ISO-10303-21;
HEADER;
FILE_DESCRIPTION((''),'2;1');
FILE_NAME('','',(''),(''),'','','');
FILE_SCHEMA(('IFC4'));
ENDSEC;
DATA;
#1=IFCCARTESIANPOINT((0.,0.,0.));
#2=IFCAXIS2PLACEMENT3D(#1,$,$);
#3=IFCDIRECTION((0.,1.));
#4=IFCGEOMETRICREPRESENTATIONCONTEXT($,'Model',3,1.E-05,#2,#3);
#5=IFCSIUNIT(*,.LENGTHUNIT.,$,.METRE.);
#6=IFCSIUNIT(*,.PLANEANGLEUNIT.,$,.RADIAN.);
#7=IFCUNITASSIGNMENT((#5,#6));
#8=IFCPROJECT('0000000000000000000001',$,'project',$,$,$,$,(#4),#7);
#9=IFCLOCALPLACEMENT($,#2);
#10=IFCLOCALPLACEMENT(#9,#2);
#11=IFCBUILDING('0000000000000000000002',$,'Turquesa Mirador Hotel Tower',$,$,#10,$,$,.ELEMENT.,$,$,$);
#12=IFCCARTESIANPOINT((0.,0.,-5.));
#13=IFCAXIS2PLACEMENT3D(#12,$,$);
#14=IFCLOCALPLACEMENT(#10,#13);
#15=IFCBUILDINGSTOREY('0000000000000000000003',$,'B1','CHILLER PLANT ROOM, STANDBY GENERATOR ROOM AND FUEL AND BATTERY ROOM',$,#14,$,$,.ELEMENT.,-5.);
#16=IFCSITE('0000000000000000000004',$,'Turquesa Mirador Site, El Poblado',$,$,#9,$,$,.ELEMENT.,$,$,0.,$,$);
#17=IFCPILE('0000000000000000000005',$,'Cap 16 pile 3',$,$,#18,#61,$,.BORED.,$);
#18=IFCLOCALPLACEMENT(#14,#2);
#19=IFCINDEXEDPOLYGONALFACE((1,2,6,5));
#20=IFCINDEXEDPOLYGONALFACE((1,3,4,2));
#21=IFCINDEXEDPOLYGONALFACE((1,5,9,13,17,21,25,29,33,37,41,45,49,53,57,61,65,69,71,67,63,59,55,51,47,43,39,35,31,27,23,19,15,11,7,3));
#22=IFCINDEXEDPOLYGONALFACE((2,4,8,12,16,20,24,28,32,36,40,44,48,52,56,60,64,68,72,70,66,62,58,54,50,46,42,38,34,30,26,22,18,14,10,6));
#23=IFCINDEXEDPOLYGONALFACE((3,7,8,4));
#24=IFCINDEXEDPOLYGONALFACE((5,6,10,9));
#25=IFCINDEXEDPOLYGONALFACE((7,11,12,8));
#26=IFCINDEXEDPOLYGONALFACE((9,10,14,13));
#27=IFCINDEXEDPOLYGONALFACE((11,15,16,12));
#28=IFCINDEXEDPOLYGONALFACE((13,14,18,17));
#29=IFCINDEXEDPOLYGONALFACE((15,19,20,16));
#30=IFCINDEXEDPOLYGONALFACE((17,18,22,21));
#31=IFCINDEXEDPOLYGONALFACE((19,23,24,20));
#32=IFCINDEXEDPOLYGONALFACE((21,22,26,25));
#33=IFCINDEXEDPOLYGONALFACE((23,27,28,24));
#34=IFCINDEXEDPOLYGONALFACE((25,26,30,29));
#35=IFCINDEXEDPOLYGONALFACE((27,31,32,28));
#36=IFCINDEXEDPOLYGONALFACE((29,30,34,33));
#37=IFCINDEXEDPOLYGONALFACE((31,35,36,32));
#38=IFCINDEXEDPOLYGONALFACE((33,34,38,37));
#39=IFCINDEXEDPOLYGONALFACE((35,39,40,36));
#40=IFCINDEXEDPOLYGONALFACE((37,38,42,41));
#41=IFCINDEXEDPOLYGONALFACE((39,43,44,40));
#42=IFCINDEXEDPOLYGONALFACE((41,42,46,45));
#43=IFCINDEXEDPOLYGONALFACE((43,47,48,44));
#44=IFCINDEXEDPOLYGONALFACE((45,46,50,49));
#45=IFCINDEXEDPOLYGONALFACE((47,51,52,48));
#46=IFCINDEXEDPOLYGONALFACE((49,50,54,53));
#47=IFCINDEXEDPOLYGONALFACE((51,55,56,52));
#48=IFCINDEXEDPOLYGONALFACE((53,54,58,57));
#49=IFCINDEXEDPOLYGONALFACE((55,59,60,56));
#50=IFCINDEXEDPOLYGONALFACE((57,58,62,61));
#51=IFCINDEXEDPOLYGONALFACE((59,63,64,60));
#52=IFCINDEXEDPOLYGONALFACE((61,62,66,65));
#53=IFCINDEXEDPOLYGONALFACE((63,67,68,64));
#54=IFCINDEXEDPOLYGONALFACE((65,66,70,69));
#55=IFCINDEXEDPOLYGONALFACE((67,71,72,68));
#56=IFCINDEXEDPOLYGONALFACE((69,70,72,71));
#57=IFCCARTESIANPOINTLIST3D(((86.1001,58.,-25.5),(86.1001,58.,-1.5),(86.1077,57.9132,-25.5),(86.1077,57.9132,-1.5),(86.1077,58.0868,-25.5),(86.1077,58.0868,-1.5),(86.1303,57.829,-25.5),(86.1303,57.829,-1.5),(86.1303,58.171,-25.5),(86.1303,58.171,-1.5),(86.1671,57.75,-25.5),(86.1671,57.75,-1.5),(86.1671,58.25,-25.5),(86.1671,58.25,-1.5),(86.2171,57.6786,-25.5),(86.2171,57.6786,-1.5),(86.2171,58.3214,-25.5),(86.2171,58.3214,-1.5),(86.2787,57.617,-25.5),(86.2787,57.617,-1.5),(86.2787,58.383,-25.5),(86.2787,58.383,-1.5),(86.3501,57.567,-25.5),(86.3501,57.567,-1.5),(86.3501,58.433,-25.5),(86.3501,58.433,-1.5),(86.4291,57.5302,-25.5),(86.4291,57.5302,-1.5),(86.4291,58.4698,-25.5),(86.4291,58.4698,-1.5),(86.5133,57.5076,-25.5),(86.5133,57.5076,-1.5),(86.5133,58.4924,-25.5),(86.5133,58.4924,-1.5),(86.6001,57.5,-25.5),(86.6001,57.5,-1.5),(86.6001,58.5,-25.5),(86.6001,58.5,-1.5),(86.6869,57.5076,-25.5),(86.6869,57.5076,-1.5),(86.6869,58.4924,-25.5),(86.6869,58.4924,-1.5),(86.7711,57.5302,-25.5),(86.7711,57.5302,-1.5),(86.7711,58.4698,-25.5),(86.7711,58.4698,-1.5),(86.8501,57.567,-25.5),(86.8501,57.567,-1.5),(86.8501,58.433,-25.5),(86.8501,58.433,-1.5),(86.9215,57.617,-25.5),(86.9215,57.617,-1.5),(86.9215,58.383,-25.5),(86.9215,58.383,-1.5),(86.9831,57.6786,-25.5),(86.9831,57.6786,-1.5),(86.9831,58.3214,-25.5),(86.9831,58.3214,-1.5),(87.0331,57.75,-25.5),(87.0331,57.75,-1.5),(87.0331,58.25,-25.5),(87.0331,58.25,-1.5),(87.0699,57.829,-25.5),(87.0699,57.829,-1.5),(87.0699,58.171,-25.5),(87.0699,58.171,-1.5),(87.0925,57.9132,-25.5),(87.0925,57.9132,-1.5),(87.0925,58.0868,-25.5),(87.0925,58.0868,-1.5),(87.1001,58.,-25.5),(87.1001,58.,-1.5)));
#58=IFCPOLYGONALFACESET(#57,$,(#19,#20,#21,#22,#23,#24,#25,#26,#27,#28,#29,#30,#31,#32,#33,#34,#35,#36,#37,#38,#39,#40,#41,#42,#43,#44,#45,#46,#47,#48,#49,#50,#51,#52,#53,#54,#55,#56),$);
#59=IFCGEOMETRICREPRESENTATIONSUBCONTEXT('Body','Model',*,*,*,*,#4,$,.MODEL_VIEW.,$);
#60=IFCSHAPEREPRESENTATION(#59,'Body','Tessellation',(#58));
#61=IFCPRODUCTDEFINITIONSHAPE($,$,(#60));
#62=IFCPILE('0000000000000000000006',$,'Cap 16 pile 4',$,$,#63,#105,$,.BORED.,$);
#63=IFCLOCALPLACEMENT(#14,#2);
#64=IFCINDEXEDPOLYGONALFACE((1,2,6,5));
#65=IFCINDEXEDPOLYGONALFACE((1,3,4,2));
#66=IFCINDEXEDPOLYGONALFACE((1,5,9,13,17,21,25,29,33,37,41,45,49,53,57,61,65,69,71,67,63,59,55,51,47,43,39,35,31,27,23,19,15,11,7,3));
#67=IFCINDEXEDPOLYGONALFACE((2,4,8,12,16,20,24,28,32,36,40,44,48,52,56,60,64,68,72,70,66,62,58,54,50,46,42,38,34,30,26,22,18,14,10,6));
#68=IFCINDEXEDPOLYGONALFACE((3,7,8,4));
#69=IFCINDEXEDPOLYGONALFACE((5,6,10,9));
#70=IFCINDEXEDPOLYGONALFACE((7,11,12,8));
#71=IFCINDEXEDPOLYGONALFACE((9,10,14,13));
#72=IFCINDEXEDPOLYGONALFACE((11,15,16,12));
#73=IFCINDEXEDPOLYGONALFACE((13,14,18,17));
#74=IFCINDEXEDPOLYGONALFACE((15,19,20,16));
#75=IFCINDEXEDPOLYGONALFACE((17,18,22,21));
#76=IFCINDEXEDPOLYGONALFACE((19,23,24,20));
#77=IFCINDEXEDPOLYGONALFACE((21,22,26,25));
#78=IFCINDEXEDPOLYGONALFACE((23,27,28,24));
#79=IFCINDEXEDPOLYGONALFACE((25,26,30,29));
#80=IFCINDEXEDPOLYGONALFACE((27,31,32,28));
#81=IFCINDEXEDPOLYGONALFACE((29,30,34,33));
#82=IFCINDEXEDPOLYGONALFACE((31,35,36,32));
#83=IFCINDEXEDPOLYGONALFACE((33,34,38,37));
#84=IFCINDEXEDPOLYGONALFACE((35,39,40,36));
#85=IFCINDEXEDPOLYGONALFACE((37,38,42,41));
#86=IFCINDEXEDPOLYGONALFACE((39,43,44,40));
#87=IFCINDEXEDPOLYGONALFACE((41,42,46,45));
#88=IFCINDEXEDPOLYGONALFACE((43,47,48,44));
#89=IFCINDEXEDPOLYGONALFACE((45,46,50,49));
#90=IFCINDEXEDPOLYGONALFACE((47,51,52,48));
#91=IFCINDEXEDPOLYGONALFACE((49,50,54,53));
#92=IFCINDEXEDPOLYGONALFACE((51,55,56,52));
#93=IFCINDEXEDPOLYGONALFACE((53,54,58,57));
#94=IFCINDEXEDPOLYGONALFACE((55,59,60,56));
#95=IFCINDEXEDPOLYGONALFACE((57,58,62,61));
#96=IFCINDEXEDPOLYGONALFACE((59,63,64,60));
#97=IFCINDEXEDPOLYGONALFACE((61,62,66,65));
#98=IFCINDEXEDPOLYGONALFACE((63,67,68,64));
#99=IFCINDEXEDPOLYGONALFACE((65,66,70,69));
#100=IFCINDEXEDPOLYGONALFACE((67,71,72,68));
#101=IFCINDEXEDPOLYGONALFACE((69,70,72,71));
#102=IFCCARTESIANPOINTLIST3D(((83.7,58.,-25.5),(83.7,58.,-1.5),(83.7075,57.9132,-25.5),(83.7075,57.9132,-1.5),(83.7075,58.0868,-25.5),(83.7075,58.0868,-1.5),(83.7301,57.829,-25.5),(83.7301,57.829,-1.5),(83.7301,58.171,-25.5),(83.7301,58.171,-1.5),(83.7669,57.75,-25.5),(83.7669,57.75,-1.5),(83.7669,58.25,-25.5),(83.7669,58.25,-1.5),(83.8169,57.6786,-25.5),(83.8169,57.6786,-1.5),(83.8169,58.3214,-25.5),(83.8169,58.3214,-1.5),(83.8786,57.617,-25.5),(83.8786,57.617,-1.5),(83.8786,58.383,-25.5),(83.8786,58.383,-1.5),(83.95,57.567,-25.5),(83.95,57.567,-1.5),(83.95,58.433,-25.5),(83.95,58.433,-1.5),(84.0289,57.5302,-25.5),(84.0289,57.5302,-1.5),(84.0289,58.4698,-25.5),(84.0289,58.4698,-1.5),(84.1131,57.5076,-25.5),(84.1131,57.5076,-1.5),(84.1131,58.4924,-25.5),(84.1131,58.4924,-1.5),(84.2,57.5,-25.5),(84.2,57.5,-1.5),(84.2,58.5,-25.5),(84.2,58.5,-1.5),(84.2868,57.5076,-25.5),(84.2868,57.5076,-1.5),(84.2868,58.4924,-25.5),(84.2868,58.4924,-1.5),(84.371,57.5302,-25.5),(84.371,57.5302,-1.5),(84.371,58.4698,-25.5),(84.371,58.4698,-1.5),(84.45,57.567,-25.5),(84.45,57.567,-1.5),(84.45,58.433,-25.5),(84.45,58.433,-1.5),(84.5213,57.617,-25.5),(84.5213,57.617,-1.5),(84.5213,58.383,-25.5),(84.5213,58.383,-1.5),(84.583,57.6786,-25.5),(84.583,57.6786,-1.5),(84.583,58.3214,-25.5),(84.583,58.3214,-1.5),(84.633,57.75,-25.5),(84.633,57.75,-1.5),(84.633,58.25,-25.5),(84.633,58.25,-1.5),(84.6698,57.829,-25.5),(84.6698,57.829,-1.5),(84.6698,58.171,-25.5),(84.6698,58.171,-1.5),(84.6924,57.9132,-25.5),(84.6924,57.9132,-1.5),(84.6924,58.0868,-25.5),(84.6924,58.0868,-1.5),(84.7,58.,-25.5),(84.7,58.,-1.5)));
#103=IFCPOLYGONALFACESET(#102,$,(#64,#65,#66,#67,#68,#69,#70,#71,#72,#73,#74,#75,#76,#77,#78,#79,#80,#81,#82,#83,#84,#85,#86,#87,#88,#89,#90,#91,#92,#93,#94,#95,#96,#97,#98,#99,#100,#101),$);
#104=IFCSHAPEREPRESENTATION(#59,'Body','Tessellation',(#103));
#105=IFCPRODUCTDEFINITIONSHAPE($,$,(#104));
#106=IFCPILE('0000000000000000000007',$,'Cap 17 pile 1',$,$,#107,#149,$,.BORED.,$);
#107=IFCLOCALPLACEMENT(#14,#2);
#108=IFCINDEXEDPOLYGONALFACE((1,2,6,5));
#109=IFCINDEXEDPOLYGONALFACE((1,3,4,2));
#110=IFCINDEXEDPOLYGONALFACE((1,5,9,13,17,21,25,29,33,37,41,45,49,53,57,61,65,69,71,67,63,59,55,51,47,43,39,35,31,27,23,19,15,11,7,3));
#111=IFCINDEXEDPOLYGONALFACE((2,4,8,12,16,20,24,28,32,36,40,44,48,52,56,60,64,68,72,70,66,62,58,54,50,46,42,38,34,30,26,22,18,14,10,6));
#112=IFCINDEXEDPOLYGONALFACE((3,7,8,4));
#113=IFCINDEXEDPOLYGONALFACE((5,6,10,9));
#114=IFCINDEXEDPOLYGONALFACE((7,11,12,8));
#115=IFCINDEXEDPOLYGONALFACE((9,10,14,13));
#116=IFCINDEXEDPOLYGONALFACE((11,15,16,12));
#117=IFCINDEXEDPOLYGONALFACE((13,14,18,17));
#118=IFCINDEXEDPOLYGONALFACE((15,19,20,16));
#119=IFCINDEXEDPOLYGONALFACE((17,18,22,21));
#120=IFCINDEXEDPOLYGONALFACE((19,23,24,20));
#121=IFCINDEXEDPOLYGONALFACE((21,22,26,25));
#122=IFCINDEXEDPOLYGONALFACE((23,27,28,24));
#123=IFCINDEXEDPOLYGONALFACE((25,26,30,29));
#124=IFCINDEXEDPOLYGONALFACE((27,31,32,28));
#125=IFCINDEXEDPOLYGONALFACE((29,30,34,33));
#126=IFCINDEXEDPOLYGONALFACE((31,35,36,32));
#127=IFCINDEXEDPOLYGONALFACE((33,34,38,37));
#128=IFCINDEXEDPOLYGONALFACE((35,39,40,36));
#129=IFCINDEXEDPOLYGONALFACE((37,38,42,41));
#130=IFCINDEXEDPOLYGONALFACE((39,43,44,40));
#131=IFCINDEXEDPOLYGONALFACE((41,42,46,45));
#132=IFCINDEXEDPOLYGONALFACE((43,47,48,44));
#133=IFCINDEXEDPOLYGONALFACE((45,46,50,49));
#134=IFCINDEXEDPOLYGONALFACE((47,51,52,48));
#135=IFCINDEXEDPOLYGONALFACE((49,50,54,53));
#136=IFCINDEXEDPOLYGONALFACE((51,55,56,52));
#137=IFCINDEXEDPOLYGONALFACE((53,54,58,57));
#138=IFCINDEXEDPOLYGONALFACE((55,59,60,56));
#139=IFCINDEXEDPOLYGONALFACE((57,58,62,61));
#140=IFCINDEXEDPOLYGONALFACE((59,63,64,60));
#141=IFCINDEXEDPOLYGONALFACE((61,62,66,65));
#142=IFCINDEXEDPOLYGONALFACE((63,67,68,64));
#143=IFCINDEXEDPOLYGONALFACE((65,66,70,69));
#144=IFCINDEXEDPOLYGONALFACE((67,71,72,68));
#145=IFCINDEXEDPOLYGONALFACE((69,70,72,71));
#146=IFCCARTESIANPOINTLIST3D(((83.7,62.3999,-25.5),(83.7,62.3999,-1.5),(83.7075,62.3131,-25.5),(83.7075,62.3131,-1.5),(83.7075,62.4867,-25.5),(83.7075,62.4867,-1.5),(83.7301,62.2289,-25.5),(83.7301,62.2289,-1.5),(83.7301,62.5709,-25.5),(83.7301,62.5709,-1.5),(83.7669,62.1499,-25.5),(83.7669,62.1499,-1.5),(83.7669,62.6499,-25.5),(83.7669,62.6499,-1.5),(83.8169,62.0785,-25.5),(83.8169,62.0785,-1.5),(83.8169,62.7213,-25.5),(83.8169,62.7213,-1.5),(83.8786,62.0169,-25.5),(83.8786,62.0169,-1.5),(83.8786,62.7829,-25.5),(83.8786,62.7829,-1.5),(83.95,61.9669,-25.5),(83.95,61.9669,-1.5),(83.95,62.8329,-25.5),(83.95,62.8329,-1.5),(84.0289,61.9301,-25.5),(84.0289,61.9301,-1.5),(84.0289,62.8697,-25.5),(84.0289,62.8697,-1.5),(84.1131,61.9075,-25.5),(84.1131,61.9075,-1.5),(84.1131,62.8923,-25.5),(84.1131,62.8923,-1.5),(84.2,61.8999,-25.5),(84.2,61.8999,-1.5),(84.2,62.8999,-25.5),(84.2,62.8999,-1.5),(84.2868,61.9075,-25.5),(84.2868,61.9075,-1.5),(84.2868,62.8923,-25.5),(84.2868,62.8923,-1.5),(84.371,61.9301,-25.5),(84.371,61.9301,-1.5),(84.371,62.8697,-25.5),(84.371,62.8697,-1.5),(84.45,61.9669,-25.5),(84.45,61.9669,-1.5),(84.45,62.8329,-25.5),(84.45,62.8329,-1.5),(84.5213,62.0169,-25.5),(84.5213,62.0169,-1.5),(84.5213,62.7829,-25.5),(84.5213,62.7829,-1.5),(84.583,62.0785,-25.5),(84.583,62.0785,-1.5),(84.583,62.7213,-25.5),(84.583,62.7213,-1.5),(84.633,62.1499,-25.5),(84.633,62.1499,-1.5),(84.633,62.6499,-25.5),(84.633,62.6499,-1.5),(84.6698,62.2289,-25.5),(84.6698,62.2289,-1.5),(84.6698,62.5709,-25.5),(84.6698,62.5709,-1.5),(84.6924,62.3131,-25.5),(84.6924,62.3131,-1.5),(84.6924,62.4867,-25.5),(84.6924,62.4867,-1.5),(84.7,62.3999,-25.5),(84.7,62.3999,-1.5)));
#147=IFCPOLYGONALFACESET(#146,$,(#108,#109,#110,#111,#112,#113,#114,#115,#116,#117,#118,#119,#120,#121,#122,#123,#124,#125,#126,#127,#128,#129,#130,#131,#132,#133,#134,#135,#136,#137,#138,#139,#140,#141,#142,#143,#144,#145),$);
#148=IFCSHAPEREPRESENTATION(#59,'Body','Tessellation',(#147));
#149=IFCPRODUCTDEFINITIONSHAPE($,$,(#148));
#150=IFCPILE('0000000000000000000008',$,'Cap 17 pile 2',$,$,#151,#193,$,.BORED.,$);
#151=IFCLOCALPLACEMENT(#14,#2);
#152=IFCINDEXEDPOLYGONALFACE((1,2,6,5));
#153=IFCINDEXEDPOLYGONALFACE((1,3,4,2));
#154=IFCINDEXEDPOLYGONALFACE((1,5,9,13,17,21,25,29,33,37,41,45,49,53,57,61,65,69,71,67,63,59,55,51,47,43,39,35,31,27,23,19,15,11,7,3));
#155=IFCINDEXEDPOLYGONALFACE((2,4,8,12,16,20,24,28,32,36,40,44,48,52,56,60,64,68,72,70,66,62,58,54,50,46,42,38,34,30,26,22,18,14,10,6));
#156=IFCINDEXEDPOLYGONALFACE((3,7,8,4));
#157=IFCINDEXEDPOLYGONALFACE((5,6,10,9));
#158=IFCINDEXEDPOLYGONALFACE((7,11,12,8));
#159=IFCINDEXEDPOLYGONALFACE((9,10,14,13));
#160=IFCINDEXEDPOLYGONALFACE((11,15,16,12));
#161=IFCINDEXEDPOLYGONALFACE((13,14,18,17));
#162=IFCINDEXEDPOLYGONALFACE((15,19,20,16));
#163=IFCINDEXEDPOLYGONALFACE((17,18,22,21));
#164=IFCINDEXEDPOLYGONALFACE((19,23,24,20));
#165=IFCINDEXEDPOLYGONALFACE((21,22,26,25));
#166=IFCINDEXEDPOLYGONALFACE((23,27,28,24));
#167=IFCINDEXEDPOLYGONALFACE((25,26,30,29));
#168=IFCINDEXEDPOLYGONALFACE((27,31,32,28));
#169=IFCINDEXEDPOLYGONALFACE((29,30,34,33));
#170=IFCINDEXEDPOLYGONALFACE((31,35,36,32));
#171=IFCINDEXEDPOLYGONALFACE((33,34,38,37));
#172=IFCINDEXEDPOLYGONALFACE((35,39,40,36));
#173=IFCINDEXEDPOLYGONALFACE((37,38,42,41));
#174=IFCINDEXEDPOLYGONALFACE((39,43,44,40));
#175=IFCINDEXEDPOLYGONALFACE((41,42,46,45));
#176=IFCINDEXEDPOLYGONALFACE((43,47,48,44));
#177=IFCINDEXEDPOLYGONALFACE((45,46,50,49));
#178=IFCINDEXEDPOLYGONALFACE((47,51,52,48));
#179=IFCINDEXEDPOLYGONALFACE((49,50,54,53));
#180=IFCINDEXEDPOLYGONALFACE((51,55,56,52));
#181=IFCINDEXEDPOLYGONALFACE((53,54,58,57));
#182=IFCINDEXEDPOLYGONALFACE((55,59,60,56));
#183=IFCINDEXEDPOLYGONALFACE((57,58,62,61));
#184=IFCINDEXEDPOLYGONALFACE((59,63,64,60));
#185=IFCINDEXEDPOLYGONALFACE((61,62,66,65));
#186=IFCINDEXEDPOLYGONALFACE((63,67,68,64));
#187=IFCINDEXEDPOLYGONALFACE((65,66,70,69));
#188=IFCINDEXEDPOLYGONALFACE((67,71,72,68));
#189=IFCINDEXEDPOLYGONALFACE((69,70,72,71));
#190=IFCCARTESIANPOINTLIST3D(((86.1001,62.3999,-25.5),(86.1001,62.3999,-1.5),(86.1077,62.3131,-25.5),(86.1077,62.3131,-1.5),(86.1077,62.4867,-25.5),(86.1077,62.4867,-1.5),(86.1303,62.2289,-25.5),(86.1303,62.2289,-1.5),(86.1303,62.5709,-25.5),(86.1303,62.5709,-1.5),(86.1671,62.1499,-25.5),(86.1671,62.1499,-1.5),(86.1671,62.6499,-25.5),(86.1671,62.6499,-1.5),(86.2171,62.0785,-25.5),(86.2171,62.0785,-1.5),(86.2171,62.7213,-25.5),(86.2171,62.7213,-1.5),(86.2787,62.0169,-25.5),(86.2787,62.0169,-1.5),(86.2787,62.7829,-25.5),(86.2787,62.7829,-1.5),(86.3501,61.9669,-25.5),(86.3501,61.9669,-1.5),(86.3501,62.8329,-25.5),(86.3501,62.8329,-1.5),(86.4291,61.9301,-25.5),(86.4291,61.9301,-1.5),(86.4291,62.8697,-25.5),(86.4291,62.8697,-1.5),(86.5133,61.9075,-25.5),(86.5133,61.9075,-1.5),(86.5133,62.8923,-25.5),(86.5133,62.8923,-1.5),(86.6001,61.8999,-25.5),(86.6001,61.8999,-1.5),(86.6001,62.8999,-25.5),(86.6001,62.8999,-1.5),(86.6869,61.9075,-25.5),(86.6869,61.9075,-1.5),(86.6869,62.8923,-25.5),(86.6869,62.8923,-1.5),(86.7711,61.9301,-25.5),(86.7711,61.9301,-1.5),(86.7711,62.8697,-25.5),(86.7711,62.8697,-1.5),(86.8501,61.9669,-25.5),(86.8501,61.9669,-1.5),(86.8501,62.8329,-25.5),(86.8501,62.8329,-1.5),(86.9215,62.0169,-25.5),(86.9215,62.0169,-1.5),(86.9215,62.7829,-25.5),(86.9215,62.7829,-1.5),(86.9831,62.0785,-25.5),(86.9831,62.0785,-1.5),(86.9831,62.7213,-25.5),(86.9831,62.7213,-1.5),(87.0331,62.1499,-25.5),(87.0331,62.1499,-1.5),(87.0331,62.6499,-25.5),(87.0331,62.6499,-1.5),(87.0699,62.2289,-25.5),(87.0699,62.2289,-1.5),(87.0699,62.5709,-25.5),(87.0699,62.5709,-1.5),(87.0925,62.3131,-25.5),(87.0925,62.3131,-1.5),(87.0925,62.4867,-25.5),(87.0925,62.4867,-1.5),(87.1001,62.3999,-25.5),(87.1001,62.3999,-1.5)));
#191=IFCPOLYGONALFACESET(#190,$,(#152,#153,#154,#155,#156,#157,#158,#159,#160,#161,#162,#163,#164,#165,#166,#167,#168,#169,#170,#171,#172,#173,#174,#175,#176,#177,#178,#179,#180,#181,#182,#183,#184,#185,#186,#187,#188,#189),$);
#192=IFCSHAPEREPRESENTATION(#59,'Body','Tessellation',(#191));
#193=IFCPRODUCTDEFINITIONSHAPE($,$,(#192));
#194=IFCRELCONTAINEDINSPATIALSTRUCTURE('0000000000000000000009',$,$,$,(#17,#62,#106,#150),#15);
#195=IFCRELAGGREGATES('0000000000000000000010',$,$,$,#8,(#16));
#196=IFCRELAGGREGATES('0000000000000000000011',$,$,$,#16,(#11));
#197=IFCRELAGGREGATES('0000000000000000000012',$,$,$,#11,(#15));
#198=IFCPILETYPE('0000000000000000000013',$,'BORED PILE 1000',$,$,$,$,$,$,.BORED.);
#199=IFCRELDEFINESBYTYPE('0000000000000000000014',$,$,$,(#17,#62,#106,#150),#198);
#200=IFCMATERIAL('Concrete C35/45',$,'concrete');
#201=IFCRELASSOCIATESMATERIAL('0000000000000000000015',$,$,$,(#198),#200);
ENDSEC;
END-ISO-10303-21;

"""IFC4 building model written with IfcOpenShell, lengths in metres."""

from ifc_helpers import new_model, si_unit, direction, frame, origin, origin_2d, place, context, subcontext, project, spatial, circle, extrude, material, type_object, element, save


model = new_model("IFC4")

# Units and contexts
model_context = context("Model", 3, precision=1e-05, world=origin(), true_north=direction((0.0, 1.0)))
body_context = subcontext(model_context, "Body", "Model", "MODEL_VIEW")
ifc_project = project(units=[si_unit("LENGTHUNIT", "METRE"), si_unit("PLANEANGLEUNIT", "RADIAN")], contexts=[model_context])

# Site, building, storey
site_placement = place(None, origin())
site = spatial("IfcSite", under=ifc_project, at=site_placement, Name="Turquesa Mirador Site, El Poblado", CompositionType="ELEMENT", RefElevation=0.0)
building_placement = place(site_placement, origin())
building = spatial("IfcBuilding", under=site, at=building_placement, Name="Turquesa Mirador Hotel Tower", CompositionType="ELEMENT")
storey_placement = place(building_placement, frame((0.0, 0.0, -5.0)))
storey = spatial("IfcBuildingStorey", under=building, at=storey_placement, Name="B1", Description="CHILLER PLANT ROOM, STANDBY GENERATOR ROOM AND FUEL AND BATTERY ROOM", CompositionType="ELEMENT", Elevation=-5.0)

# Piles
ifc_material_1 = material(Name="Concrete C35/45", Category="concrete")
pile_type_1 = type_object("IfcPileType", Name="BORED PILE 1000", PredefinedType="BORED", material=ifc_material_1)
for number, where, z_axis, x_axis, name in (
    (1, (86.6001, 58.0, -1.5), (0.0, 0.0, -1.0), (1.0, 0.0, 0.0), "Cap 16 pile 3"),
    (2, (84.2, 58.0, -1.5), (0.0, 0.0, -1.0), (1.0, 0.0, 0.0), "Cap 16 pile 4"),
    (3, (84.2, 62.3999, -1.5), (0.0, 0.0, -1.0), (1.0, 0.0, 0.0), "Cap 17 pile 1"),
    (4, (86.6001, 62.3999, -1.5), (0.0, 0.0, -1.0), (1.0, 0.0, 0.0), "Cap 17 pile 2"),
):
    element("IfcPile", number, at=place(storey_placement, frame(where, z_axis=z_axis, x_axis=x_axis)), inside=storey, type_object=pile_type_1, Name=name, PredefinedType="BORED", context=body_context, shape_type="SweptSolid", body=[
        extrude(circle(Radius=0.5, at=origin_2d()), origin(), (0.0, 0.0, 1.0), 24.0),
    ])

save(model, "model.ifc")
